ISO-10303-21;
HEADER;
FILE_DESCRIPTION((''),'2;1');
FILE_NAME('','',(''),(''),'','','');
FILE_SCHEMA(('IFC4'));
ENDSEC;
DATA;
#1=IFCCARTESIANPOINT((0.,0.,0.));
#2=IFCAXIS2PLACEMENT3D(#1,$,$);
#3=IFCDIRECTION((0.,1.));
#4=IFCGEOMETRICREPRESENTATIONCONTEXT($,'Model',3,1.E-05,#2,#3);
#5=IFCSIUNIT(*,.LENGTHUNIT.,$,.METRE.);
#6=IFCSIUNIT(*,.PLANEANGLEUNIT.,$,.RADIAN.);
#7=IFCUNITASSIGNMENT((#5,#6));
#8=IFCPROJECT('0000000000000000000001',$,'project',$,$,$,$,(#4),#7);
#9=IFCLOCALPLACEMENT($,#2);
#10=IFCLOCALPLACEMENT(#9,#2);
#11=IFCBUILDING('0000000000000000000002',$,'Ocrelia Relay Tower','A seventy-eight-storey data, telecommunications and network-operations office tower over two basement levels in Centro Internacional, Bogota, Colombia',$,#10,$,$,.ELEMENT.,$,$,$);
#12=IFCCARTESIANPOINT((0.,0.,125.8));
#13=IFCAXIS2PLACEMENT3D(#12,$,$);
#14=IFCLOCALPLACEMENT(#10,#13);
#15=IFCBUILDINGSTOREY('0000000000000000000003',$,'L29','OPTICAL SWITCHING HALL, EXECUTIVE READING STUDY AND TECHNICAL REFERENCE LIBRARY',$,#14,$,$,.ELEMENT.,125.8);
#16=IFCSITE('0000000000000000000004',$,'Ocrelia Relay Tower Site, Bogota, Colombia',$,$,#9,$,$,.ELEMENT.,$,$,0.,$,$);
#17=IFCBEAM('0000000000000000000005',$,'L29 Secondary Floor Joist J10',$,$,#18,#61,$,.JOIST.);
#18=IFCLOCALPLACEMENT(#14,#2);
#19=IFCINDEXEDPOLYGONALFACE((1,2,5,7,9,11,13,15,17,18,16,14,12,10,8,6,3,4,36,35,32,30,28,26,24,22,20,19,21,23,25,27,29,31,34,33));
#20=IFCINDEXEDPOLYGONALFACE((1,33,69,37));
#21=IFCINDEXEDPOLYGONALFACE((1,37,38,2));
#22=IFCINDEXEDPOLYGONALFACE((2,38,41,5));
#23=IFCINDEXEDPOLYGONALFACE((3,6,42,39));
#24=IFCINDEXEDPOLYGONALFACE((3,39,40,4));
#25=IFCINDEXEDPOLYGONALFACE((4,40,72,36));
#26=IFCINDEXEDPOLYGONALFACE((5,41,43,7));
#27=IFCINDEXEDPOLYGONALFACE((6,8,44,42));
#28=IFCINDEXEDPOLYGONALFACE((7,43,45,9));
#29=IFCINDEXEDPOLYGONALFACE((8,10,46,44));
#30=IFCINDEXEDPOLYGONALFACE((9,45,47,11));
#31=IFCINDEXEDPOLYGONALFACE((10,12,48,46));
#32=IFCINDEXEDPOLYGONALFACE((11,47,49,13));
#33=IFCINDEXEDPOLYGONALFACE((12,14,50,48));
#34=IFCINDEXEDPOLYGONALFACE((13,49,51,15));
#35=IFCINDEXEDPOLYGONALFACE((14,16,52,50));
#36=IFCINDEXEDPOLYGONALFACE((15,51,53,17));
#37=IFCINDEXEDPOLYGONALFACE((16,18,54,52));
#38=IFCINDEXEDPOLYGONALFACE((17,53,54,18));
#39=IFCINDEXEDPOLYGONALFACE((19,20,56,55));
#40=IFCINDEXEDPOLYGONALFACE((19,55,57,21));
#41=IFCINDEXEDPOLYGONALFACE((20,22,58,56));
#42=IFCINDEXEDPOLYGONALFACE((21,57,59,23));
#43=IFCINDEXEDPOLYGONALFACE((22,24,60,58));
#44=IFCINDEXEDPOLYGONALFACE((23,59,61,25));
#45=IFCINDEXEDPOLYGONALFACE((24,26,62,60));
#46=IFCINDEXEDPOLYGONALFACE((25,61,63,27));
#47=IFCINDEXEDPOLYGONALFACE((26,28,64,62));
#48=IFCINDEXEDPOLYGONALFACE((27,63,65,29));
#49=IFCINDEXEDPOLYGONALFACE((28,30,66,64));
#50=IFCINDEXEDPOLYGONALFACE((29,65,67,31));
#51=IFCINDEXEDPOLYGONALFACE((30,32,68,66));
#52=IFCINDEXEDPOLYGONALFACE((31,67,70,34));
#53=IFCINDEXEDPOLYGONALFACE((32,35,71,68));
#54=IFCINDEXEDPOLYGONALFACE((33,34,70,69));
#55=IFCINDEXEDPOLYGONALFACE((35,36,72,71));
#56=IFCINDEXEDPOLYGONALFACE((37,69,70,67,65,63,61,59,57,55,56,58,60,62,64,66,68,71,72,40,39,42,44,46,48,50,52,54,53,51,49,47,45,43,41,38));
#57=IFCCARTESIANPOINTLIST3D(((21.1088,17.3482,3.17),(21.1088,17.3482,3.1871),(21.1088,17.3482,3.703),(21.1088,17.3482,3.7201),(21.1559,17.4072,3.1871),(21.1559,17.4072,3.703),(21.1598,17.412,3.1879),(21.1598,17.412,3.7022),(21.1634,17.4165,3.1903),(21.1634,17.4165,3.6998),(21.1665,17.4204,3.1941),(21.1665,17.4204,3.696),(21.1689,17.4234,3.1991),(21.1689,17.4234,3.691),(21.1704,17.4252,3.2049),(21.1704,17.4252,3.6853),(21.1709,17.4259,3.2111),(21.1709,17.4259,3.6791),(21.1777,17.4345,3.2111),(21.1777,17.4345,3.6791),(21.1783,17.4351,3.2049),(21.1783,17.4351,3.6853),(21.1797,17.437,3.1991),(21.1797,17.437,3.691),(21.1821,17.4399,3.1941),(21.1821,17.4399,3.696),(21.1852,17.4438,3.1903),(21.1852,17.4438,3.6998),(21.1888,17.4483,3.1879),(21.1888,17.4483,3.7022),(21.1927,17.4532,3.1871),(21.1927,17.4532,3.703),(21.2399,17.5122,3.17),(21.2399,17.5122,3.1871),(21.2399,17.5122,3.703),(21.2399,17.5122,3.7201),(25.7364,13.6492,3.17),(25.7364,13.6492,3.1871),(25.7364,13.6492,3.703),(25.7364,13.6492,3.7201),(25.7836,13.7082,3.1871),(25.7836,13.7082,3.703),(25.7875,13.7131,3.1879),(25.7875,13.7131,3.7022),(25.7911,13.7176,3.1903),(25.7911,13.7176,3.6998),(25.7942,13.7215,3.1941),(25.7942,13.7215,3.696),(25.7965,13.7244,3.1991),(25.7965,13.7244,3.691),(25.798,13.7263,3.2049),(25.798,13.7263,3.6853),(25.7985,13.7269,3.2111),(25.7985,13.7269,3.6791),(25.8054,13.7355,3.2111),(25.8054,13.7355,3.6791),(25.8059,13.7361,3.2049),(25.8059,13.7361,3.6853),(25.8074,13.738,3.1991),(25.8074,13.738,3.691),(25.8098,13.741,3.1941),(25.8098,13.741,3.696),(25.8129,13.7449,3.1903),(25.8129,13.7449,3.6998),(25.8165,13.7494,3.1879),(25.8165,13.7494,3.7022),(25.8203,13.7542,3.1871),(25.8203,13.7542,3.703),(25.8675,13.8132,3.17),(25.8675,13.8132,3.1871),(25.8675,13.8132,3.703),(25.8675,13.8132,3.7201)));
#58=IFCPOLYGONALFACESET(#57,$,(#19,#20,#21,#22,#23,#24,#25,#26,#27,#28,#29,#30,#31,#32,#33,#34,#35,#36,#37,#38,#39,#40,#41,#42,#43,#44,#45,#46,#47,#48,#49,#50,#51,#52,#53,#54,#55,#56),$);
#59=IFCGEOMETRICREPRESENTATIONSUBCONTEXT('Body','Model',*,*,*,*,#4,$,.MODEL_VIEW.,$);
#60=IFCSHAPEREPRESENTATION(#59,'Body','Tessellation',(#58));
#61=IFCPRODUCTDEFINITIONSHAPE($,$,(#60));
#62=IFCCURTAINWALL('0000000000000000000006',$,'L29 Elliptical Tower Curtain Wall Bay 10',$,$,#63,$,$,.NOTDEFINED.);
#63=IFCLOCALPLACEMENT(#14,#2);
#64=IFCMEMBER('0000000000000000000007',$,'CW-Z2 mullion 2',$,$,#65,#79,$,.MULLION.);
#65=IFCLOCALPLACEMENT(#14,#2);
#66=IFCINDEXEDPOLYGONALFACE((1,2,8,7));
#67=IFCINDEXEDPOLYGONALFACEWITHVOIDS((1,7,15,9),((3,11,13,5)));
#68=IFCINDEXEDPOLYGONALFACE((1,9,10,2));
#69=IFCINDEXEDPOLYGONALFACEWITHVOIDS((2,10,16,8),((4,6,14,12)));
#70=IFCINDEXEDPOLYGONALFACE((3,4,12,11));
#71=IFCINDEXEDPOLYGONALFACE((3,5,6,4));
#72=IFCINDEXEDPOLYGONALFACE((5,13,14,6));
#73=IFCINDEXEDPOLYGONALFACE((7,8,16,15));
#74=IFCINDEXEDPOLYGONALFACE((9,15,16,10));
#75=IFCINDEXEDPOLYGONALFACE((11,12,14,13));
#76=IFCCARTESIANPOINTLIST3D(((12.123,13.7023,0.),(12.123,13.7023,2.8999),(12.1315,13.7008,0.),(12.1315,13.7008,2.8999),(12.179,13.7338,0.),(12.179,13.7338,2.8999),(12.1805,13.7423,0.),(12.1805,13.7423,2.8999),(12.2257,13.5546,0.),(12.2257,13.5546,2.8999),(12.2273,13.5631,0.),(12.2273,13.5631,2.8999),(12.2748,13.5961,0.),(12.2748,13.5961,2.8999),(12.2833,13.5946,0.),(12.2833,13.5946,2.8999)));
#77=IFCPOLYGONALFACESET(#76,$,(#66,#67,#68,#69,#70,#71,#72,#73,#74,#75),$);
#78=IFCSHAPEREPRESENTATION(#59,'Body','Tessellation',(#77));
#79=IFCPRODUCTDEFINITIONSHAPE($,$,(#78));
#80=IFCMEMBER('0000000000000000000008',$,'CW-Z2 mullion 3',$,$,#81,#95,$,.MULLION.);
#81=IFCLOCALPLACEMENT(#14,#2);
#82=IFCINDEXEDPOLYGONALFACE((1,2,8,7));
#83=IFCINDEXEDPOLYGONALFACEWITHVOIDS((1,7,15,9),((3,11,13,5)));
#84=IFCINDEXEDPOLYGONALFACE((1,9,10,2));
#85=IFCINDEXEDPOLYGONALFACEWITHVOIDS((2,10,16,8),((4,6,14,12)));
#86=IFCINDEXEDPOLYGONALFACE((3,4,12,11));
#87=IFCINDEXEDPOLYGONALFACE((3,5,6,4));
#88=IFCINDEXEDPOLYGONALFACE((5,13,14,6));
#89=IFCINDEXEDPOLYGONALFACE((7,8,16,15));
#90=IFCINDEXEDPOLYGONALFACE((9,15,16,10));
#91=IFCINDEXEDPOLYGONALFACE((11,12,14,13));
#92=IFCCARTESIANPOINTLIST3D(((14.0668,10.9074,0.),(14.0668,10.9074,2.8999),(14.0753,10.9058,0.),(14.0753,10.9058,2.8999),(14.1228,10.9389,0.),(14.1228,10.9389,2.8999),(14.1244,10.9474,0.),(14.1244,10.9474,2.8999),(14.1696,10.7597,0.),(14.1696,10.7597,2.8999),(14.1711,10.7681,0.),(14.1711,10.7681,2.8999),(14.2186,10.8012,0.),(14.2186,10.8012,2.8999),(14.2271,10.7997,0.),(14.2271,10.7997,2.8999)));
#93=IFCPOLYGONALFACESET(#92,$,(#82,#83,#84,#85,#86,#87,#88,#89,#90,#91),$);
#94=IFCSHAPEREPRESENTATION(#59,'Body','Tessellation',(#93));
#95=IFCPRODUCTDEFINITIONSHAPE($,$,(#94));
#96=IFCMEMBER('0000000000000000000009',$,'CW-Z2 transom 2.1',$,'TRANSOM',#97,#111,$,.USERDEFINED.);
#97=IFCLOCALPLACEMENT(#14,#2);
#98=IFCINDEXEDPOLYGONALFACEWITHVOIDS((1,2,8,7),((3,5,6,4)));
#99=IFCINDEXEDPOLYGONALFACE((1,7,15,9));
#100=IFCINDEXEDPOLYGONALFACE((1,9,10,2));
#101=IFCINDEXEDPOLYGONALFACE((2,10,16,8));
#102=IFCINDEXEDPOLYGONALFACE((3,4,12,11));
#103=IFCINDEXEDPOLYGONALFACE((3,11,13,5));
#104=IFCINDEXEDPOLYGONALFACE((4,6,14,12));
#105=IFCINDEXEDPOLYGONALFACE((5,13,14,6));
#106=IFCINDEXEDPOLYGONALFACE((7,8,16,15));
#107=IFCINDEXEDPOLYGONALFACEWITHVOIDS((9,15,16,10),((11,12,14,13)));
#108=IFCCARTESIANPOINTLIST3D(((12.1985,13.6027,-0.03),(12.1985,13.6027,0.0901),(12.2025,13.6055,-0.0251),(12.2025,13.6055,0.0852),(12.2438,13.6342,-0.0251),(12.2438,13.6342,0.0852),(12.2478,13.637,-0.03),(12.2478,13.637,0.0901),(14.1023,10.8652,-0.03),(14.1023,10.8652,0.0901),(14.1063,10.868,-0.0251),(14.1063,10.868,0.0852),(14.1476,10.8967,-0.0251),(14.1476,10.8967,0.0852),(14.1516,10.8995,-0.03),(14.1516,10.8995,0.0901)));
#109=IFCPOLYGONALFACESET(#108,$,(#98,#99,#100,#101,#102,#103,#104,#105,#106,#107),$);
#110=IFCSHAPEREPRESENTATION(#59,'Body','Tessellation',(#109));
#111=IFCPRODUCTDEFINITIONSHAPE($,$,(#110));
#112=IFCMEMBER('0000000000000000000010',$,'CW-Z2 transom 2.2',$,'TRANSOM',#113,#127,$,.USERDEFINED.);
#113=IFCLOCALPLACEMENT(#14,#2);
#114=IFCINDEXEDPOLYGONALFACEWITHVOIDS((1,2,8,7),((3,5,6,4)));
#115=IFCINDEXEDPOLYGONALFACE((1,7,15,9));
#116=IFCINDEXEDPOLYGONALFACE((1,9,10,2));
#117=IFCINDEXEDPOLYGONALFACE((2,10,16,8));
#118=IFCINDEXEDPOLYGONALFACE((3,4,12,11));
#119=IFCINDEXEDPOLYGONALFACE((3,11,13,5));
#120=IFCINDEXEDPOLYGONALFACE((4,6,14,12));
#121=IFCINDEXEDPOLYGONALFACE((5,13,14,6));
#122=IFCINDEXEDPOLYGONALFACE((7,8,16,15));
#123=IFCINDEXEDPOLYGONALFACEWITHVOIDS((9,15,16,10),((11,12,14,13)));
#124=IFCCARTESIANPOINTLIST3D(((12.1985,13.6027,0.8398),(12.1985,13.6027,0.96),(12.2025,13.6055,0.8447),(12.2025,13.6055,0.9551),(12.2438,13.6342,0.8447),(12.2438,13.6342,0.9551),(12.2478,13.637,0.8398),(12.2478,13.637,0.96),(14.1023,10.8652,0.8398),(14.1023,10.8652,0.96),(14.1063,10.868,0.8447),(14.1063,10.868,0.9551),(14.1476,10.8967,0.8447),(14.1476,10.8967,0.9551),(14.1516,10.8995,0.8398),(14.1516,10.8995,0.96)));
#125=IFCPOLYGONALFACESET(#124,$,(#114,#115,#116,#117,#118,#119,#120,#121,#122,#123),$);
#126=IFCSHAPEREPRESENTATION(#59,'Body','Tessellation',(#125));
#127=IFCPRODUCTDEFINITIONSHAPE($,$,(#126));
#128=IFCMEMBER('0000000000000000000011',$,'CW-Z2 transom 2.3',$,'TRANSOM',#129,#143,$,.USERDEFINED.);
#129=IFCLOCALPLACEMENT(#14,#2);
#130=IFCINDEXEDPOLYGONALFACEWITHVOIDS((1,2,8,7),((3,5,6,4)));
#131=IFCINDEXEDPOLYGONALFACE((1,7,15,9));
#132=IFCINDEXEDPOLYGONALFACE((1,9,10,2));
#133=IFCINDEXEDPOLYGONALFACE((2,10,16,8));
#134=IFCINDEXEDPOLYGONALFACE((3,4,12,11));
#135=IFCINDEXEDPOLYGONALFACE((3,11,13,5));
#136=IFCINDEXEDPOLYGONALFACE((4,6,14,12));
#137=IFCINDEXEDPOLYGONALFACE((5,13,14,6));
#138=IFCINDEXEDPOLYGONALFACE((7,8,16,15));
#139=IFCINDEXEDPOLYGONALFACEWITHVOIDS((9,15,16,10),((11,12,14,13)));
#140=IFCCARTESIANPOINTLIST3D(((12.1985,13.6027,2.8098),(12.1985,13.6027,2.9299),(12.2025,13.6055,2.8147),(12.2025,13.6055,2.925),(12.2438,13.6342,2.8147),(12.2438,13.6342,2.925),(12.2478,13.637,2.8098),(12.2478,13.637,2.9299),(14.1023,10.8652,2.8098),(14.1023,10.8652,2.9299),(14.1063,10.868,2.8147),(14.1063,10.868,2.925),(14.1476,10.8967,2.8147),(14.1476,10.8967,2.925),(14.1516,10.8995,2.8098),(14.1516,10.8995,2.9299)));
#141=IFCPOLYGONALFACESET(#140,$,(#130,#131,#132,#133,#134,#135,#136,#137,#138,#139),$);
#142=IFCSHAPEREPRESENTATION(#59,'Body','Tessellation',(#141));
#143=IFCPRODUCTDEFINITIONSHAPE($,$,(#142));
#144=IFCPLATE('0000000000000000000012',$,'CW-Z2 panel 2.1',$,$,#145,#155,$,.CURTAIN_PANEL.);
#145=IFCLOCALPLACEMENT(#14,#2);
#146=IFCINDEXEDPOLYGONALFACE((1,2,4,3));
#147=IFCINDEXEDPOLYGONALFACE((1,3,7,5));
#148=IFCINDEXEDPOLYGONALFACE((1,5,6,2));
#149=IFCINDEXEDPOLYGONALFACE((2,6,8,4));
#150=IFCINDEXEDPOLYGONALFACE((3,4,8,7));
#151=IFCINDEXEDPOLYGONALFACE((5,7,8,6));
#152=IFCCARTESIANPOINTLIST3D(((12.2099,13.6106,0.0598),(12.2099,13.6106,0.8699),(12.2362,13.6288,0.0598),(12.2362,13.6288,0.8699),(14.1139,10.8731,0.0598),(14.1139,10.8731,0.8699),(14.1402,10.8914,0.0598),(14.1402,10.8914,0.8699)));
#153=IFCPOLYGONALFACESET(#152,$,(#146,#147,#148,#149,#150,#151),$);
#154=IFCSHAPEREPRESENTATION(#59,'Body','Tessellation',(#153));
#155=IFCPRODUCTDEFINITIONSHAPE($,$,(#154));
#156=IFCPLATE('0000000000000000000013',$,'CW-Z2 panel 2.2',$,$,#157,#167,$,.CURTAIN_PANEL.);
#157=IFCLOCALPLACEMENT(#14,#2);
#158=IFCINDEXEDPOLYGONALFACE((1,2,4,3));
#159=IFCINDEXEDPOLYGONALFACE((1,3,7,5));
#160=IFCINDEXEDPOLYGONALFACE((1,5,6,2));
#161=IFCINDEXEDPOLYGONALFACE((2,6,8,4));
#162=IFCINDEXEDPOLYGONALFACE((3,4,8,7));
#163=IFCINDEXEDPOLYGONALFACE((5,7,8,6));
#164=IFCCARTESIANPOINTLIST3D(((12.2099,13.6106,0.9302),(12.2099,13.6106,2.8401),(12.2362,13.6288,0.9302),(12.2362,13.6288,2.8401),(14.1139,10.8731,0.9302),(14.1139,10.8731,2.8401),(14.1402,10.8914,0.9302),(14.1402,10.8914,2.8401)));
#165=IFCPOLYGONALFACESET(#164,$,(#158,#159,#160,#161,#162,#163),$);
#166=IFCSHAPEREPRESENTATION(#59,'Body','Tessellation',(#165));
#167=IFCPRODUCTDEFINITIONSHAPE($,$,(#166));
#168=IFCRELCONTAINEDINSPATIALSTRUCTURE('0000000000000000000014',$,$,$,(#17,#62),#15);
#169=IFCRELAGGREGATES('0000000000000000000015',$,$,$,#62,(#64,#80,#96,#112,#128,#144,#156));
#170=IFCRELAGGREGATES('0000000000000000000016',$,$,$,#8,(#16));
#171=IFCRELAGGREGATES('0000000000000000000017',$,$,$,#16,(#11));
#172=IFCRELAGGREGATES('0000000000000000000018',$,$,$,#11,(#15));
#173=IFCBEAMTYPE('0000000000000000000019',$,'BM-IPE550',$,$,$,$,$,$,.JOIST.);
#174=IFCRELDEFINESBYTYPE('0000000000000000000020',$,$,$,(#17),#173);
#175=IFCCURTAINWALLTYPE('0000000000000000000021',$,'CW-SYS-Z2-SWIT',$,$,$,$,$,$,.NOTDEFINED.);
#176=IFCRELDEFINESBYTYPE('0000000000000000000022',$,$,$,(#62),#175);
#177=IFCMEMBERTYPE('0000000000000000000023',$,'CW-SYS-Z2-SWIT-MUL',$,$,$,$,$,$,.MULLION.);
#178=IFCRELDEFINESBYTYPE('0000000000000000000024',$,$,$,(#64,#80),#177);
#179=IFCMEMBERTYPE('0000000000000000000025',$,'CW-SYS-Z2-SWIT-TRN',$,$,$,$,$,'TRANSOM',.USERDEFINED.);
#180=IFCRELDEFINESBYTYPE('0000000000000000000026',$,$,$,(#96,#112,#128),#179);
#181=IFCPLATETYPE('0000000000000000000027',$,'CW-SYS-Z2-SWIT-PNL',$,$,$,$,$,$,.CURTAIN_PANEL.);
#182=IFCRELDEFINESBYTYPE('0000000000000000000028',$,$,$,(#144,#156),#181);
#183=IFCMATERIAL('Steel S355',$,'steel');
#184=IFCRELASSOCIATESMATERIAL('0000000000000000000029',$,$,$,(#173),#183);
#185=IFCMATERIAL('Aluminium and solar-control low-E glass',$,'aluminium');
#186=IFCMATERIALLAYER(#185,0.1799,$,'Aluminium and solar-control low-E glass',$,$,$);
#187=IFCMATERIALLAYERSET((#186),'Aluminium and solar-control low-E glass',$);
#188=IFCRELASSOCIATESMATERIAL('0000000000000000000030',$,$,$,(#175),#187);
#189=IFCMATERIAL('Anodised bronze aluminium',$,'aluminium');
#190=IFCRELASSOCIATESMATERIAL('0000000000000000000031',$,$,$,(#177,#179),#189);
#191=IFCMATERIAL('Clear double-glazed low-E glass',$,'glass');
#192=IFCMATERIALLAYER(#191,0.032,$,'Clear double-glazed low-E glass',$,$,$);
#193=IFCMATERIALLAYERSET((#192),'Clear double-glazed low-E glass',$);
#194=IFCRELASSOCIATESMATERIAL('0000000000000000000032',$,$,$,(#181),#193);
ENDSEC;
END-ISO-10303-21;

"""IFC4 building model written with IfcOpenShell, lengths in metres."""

from ifc_helpers import new_model, si_unit, direction, frame, origin, origin_2d, place, context, subcontext, project, spatial, rectangle, hollow_rectangle, i_section, extrude, material, layer, layer_set, material_profile, profile_set, type_object, element, aggregate, save


model = new_model("IFC4")

# Units and contexts
model_context = context("Model", 3, precision=1e-05, world=origin(), true_north=direction((0.0, 1.0)))
body_context = subcontext(model_context, "Body", "Model", "MODEL_VIEW")
ifc_project = project(units=[si_unit("LENGTHUNIT", "METRE"), si_unit("PLANEANGLEUNIT", "RADIAN")], contexts=[model_context])

# Site, building, storey
site_placement = place(None, origin())
site = spatial("IfcSite", under=ifc_project, at=site_placement, Name="Ocrelia Relay Tower Site, Bogota, Colombia", CompositionType="ELEMENT", RefElevation=0.0)
building_placement = place(site_placement, origin())
building = spatial("IfcBuilding", under=site, at=building_placement, Name="Ocrelia Relay Tower", Description="A seventy-eight-storey data, telecommunications and network-operations office tower over two basement levels in Centro Internacional, Bogota, Colombia", CompositionType="ELEMENT")
storey_placement = place(building_placement, frame((0.0, 0.0, 125.8)))
storey = spatial("IfcBuildingStorey", under=building, at=storey_placement, Name="L29", Description="OPTICAL SWITCHING HALL, EXECUTIVE READING STUDY AND TECHNICAL REFERENCE LIBRARY", CompositionType="ELEMENT", Elevation=125.8)

# Beam
ifc_material_1 = material(Name="Steel S355", Category="steel")
ifc_material_profile_1 = material_profile(ifc_material_1, i_section(OverallWidth=0.21, OverallDepth=0.55, WebThickness=0.011, FlangeThickness=0.0171, FilletRadius=0.0239, at=origin_2d()), Name="IPE 550")
ifc_profile_set_1 = profile_set([ifc_material_profile_1], Name="Steel S355")
beam_type_1 = type_object("IfcBeamType", Name="BM-IPE550", PredefinedType="JOIST", material=ifc_profile_set_1)
beam_1_placement = place(storey_placement, frame((21.1743, 17.4302, 3.4451), z_axis=(0.78113, -0.624368, 0.0), x_axis=(0.624368, 0.78113, 0.0)))
element("IfcBeam", 1, at=beam_1_placement, inside=storey, type_object=beam_type_1, Name="L29 Secondary Floor Joist J10", PredefinedType="JOIST", context=body_context, shape_type="SweptSolid", body=[
    extrude(i_section(OverallWidth=0.21, OverallDepth=0.55, WebThickness=0.011, FlangeThickness=0.0171, FilletRadius=0.0239, at=origin_2d()), origin(), (0.0, 0.0, 1.0), 5.9243),
])

# Curtain wall, members, plates
ifc_material_2 = material(Name="Aluminium and solar-control low-E glass", Category="aluminium")
ifc_layer_1 = layer(ifc_material_2, 0.1799, Name="Aluminium and solar-control low-E glass")
ifc_layer_set_1 = layer_set([ifc_layer_1], Name="Aluminium and solar-control low-E glass")
curtain_wall_type = type_object("IfcCurtainWallType", Name="CW-SYS-Z2-SWIT", PredefinedType="NOTDEFINED", material=ifc_layer_set_1)
curtain_wall_placement = place(storey_placement, origin())
curtain_wall = element("IfcCurtainWall", 2, at=curtain_wall_placement, inside=storey, type_object=curtain_wall_type, Name="L29 Elliptical Tower Curtain Wall Bay 10", PredefinedType="NOTDEFINED")
ifc_material_3 = material(Name="Anodised bronze aluminium", Category="aluminium")
ifc_material_profile_2 = material_profile(ifc_material_3, hollow_rectangle(XDim=0.0701, YDim=0.1799, WallThickness=0.0061, at=origin_2d()), Name="CW-MUL-180x70")
ifc_profile_set_2 = profile_set([ifc_material_profile_2], Name="Anodised bronze aluminium")
member_type_1 = type_object("IfcMemberType", Name="CW-SYS-Z2-SWIT-MUL", PredefinedType="MULLION", material=ifc_profile_set_2)
member_1_placement = place(storey_placement, frame((12.2031, 13.6484, 0.0), z_axis=(0.0, 0.0, 1.0), x_axis=(0.820955, 0.570993, 0.0)))
member_1 = element("IfcMember", 3, at=member_1_placement, type_object=member_type_1, Name="CW-Z2 mullion 2", PredefinedType="MULLION", context=body_context, shape_type="SweptSolid", body=[
    extrude(hollow_rectangle(XDim=0.0701, YDim=0.1799, WallThickness=0.0061, at=origin_2d()), origin(), (0.0, 0.0, 1.0), 2.8999),
])
member_2_placement = place(storey_placement, frame((14.147, 10.8535, 0.0), z_axis=(0.0, 0.0, 1.0), x_axis=(0.820955, 0.570993, 0.0)))
member_2 = element("IfcMember", 4, at=member_2_placement, type_object=member_type_1, Name="CW-Z2 mullion 3", PredefinedType="MULLION", context=body_context, shape_type="SweptSolid", body=[
    extrude(hollow_rectangle(XDim=0.0701, YDim=0.1799, WallThickness=0.0061, at=origin_2d()), origin(), (0.0, 0.0, 1.0), 2.8999),
])
ifc_material_profile_3 = material_profile(ifc_material_3, hollow_rectangle(XDim=0.0601, YDim=0.1201, WallThickness=0.0049, at=origin_2d()), Name="CW-TRN-120x60")
ifc_profile_set_3 = profile_set([ifc_material_profile_3], Name="Anodised bronze aluminium")
member_type_2 = type_object("IfcMemberType", Name="CW-SYS-Z2-SWIT-TRN", ElementType="TRANSOM", PredefinedType="USERDEFINED", material=ifc_profile_set_3)
member_3_placement = place(storey_placement, frame((12.2231, 13.6199, 0.03), z_axis=(0.570949, -0.820986, 0.0), x_axis=(0.820986, 0.570949, 0.0)))
member_3 = element("IfcMember", 5, at=member_3_placement, type_object=member_type_2, Name="CW-Z2 transom 2.1", ObjectType="TRANSOM", PredefinedType="USERDEFINED", context=body_context, shape_type="SweptSolid", body=[
    extrude(hollow_rectangle(XDim=0.0601, YDim=0.1201, WallThickness=0.0049, at=origin_2d()), origin(), (0.0, 0.0, 1.0), 3.3345),
])
member_4_placement = place(storey_placement, frame((12.2231, 13.6199, 0.8999), z_axis=(0.570949, -0.820986, 0.0), x_axis=(0.820986, 0.570949, 0.0)))
member_4 = element("IfcMember", 6, at=member_4_placement, type_object=member_type_2, Name="CW-Z2 transom 2.2", ObjectType="TRANSOM", PredefinedType="USERDEFINED", context=body_context, shape_type="SweptSolid", body=[
    extrude(hollow_rectangle(XDim=0.0601, YDim=0.1201, WallThickness=0.0049, at=origin_2d()), origin(), (0.0, 0.0, 1.0), 3.3345),
])
member_5_placement = place(storey_placement, frame((12.2231, 13.6199, 2.8699), z_axis=(0.570949, -0.820986, 0.0), x_axis=(0.820986, 0.570949, 0.0)))
member_5 = element("IfcMember", 7, at=member_5_placement, type_object=member_type_2, Name="CW-Z2 transom 2.3", ObjectType="TRANSOM", PredefinedType="USERDEFINED", context=body_context, shape_type="SweptSolid", body=[
    extrude(hollow_rectangle(XDim=0.0601, YDim=0.1201, WallThickness=0.0049, at=origin_2d()), origin(), (0.0, 0.0, 1.0), 3.3345),
])
ifc_material_4 = material(Name="Clear double-glazed low-E glass", Category="glass")
ifc_layer_2 = layer(ifc_material_4, 0.032, Name="Clear double-glazed low-E glass")
ifc_layer_set_2 = layer_set([ifc_layer_2], Name="Clear double-glazed low-E glass")
plate_type = type_object("IfcPlateType", Name="CW-SYS-Z2-SWIT-PNL", PredefinedType="CURTAIN_PANEL", material=ifc_layer_set_2)
plate_1_placement = place(storey_placement, frame((13.175, 12.251, 0.0598), z_axis=(0.0, 0.0, 1.0), x_axis=(0.570993, -0.820955, 0.0)))
plate_1 = element("IfcPlate", 8, at=plate_1_placement, type_object=plate_type, Name="CW-Z2 panel 2.1", PredefinedType="CURTAIN_PANEL", context=body_context, shape_type="SweptSolid", body=[
    extrude(rectangle(XDim=3.3345, YDim=0.032, at=origin_2d()), origin(), (0.0, 0.0, 1.0), 0.8101),
])
plate_2_placement = place(storey_placement, frame((13.175, 12.251, 0.9302), z_axis=(0.0, 0.0, 1.0), x_axis=(0.570993, -0.820955, 0.0)))
plate_2 = element("IfcPlate", 9, at=plate_2_placement, type_object=plate_type, Name="CW-Z2 panel 2.2", PredefinedType="CURTAIN_PANEL", context=body_context, shape_type="SweptSolid", body=[
    extrude(rectangle(XDim=3.3345, YDim=0.032, at=origin_2d()), origin(), (0.0, 0.0, 1.0), 1.9099),
])
aggregate(curtain_wall, [member_1, member_2, member_3, member_4, member_5, plate_1, plate_2])

save(model, "model.ifc")
